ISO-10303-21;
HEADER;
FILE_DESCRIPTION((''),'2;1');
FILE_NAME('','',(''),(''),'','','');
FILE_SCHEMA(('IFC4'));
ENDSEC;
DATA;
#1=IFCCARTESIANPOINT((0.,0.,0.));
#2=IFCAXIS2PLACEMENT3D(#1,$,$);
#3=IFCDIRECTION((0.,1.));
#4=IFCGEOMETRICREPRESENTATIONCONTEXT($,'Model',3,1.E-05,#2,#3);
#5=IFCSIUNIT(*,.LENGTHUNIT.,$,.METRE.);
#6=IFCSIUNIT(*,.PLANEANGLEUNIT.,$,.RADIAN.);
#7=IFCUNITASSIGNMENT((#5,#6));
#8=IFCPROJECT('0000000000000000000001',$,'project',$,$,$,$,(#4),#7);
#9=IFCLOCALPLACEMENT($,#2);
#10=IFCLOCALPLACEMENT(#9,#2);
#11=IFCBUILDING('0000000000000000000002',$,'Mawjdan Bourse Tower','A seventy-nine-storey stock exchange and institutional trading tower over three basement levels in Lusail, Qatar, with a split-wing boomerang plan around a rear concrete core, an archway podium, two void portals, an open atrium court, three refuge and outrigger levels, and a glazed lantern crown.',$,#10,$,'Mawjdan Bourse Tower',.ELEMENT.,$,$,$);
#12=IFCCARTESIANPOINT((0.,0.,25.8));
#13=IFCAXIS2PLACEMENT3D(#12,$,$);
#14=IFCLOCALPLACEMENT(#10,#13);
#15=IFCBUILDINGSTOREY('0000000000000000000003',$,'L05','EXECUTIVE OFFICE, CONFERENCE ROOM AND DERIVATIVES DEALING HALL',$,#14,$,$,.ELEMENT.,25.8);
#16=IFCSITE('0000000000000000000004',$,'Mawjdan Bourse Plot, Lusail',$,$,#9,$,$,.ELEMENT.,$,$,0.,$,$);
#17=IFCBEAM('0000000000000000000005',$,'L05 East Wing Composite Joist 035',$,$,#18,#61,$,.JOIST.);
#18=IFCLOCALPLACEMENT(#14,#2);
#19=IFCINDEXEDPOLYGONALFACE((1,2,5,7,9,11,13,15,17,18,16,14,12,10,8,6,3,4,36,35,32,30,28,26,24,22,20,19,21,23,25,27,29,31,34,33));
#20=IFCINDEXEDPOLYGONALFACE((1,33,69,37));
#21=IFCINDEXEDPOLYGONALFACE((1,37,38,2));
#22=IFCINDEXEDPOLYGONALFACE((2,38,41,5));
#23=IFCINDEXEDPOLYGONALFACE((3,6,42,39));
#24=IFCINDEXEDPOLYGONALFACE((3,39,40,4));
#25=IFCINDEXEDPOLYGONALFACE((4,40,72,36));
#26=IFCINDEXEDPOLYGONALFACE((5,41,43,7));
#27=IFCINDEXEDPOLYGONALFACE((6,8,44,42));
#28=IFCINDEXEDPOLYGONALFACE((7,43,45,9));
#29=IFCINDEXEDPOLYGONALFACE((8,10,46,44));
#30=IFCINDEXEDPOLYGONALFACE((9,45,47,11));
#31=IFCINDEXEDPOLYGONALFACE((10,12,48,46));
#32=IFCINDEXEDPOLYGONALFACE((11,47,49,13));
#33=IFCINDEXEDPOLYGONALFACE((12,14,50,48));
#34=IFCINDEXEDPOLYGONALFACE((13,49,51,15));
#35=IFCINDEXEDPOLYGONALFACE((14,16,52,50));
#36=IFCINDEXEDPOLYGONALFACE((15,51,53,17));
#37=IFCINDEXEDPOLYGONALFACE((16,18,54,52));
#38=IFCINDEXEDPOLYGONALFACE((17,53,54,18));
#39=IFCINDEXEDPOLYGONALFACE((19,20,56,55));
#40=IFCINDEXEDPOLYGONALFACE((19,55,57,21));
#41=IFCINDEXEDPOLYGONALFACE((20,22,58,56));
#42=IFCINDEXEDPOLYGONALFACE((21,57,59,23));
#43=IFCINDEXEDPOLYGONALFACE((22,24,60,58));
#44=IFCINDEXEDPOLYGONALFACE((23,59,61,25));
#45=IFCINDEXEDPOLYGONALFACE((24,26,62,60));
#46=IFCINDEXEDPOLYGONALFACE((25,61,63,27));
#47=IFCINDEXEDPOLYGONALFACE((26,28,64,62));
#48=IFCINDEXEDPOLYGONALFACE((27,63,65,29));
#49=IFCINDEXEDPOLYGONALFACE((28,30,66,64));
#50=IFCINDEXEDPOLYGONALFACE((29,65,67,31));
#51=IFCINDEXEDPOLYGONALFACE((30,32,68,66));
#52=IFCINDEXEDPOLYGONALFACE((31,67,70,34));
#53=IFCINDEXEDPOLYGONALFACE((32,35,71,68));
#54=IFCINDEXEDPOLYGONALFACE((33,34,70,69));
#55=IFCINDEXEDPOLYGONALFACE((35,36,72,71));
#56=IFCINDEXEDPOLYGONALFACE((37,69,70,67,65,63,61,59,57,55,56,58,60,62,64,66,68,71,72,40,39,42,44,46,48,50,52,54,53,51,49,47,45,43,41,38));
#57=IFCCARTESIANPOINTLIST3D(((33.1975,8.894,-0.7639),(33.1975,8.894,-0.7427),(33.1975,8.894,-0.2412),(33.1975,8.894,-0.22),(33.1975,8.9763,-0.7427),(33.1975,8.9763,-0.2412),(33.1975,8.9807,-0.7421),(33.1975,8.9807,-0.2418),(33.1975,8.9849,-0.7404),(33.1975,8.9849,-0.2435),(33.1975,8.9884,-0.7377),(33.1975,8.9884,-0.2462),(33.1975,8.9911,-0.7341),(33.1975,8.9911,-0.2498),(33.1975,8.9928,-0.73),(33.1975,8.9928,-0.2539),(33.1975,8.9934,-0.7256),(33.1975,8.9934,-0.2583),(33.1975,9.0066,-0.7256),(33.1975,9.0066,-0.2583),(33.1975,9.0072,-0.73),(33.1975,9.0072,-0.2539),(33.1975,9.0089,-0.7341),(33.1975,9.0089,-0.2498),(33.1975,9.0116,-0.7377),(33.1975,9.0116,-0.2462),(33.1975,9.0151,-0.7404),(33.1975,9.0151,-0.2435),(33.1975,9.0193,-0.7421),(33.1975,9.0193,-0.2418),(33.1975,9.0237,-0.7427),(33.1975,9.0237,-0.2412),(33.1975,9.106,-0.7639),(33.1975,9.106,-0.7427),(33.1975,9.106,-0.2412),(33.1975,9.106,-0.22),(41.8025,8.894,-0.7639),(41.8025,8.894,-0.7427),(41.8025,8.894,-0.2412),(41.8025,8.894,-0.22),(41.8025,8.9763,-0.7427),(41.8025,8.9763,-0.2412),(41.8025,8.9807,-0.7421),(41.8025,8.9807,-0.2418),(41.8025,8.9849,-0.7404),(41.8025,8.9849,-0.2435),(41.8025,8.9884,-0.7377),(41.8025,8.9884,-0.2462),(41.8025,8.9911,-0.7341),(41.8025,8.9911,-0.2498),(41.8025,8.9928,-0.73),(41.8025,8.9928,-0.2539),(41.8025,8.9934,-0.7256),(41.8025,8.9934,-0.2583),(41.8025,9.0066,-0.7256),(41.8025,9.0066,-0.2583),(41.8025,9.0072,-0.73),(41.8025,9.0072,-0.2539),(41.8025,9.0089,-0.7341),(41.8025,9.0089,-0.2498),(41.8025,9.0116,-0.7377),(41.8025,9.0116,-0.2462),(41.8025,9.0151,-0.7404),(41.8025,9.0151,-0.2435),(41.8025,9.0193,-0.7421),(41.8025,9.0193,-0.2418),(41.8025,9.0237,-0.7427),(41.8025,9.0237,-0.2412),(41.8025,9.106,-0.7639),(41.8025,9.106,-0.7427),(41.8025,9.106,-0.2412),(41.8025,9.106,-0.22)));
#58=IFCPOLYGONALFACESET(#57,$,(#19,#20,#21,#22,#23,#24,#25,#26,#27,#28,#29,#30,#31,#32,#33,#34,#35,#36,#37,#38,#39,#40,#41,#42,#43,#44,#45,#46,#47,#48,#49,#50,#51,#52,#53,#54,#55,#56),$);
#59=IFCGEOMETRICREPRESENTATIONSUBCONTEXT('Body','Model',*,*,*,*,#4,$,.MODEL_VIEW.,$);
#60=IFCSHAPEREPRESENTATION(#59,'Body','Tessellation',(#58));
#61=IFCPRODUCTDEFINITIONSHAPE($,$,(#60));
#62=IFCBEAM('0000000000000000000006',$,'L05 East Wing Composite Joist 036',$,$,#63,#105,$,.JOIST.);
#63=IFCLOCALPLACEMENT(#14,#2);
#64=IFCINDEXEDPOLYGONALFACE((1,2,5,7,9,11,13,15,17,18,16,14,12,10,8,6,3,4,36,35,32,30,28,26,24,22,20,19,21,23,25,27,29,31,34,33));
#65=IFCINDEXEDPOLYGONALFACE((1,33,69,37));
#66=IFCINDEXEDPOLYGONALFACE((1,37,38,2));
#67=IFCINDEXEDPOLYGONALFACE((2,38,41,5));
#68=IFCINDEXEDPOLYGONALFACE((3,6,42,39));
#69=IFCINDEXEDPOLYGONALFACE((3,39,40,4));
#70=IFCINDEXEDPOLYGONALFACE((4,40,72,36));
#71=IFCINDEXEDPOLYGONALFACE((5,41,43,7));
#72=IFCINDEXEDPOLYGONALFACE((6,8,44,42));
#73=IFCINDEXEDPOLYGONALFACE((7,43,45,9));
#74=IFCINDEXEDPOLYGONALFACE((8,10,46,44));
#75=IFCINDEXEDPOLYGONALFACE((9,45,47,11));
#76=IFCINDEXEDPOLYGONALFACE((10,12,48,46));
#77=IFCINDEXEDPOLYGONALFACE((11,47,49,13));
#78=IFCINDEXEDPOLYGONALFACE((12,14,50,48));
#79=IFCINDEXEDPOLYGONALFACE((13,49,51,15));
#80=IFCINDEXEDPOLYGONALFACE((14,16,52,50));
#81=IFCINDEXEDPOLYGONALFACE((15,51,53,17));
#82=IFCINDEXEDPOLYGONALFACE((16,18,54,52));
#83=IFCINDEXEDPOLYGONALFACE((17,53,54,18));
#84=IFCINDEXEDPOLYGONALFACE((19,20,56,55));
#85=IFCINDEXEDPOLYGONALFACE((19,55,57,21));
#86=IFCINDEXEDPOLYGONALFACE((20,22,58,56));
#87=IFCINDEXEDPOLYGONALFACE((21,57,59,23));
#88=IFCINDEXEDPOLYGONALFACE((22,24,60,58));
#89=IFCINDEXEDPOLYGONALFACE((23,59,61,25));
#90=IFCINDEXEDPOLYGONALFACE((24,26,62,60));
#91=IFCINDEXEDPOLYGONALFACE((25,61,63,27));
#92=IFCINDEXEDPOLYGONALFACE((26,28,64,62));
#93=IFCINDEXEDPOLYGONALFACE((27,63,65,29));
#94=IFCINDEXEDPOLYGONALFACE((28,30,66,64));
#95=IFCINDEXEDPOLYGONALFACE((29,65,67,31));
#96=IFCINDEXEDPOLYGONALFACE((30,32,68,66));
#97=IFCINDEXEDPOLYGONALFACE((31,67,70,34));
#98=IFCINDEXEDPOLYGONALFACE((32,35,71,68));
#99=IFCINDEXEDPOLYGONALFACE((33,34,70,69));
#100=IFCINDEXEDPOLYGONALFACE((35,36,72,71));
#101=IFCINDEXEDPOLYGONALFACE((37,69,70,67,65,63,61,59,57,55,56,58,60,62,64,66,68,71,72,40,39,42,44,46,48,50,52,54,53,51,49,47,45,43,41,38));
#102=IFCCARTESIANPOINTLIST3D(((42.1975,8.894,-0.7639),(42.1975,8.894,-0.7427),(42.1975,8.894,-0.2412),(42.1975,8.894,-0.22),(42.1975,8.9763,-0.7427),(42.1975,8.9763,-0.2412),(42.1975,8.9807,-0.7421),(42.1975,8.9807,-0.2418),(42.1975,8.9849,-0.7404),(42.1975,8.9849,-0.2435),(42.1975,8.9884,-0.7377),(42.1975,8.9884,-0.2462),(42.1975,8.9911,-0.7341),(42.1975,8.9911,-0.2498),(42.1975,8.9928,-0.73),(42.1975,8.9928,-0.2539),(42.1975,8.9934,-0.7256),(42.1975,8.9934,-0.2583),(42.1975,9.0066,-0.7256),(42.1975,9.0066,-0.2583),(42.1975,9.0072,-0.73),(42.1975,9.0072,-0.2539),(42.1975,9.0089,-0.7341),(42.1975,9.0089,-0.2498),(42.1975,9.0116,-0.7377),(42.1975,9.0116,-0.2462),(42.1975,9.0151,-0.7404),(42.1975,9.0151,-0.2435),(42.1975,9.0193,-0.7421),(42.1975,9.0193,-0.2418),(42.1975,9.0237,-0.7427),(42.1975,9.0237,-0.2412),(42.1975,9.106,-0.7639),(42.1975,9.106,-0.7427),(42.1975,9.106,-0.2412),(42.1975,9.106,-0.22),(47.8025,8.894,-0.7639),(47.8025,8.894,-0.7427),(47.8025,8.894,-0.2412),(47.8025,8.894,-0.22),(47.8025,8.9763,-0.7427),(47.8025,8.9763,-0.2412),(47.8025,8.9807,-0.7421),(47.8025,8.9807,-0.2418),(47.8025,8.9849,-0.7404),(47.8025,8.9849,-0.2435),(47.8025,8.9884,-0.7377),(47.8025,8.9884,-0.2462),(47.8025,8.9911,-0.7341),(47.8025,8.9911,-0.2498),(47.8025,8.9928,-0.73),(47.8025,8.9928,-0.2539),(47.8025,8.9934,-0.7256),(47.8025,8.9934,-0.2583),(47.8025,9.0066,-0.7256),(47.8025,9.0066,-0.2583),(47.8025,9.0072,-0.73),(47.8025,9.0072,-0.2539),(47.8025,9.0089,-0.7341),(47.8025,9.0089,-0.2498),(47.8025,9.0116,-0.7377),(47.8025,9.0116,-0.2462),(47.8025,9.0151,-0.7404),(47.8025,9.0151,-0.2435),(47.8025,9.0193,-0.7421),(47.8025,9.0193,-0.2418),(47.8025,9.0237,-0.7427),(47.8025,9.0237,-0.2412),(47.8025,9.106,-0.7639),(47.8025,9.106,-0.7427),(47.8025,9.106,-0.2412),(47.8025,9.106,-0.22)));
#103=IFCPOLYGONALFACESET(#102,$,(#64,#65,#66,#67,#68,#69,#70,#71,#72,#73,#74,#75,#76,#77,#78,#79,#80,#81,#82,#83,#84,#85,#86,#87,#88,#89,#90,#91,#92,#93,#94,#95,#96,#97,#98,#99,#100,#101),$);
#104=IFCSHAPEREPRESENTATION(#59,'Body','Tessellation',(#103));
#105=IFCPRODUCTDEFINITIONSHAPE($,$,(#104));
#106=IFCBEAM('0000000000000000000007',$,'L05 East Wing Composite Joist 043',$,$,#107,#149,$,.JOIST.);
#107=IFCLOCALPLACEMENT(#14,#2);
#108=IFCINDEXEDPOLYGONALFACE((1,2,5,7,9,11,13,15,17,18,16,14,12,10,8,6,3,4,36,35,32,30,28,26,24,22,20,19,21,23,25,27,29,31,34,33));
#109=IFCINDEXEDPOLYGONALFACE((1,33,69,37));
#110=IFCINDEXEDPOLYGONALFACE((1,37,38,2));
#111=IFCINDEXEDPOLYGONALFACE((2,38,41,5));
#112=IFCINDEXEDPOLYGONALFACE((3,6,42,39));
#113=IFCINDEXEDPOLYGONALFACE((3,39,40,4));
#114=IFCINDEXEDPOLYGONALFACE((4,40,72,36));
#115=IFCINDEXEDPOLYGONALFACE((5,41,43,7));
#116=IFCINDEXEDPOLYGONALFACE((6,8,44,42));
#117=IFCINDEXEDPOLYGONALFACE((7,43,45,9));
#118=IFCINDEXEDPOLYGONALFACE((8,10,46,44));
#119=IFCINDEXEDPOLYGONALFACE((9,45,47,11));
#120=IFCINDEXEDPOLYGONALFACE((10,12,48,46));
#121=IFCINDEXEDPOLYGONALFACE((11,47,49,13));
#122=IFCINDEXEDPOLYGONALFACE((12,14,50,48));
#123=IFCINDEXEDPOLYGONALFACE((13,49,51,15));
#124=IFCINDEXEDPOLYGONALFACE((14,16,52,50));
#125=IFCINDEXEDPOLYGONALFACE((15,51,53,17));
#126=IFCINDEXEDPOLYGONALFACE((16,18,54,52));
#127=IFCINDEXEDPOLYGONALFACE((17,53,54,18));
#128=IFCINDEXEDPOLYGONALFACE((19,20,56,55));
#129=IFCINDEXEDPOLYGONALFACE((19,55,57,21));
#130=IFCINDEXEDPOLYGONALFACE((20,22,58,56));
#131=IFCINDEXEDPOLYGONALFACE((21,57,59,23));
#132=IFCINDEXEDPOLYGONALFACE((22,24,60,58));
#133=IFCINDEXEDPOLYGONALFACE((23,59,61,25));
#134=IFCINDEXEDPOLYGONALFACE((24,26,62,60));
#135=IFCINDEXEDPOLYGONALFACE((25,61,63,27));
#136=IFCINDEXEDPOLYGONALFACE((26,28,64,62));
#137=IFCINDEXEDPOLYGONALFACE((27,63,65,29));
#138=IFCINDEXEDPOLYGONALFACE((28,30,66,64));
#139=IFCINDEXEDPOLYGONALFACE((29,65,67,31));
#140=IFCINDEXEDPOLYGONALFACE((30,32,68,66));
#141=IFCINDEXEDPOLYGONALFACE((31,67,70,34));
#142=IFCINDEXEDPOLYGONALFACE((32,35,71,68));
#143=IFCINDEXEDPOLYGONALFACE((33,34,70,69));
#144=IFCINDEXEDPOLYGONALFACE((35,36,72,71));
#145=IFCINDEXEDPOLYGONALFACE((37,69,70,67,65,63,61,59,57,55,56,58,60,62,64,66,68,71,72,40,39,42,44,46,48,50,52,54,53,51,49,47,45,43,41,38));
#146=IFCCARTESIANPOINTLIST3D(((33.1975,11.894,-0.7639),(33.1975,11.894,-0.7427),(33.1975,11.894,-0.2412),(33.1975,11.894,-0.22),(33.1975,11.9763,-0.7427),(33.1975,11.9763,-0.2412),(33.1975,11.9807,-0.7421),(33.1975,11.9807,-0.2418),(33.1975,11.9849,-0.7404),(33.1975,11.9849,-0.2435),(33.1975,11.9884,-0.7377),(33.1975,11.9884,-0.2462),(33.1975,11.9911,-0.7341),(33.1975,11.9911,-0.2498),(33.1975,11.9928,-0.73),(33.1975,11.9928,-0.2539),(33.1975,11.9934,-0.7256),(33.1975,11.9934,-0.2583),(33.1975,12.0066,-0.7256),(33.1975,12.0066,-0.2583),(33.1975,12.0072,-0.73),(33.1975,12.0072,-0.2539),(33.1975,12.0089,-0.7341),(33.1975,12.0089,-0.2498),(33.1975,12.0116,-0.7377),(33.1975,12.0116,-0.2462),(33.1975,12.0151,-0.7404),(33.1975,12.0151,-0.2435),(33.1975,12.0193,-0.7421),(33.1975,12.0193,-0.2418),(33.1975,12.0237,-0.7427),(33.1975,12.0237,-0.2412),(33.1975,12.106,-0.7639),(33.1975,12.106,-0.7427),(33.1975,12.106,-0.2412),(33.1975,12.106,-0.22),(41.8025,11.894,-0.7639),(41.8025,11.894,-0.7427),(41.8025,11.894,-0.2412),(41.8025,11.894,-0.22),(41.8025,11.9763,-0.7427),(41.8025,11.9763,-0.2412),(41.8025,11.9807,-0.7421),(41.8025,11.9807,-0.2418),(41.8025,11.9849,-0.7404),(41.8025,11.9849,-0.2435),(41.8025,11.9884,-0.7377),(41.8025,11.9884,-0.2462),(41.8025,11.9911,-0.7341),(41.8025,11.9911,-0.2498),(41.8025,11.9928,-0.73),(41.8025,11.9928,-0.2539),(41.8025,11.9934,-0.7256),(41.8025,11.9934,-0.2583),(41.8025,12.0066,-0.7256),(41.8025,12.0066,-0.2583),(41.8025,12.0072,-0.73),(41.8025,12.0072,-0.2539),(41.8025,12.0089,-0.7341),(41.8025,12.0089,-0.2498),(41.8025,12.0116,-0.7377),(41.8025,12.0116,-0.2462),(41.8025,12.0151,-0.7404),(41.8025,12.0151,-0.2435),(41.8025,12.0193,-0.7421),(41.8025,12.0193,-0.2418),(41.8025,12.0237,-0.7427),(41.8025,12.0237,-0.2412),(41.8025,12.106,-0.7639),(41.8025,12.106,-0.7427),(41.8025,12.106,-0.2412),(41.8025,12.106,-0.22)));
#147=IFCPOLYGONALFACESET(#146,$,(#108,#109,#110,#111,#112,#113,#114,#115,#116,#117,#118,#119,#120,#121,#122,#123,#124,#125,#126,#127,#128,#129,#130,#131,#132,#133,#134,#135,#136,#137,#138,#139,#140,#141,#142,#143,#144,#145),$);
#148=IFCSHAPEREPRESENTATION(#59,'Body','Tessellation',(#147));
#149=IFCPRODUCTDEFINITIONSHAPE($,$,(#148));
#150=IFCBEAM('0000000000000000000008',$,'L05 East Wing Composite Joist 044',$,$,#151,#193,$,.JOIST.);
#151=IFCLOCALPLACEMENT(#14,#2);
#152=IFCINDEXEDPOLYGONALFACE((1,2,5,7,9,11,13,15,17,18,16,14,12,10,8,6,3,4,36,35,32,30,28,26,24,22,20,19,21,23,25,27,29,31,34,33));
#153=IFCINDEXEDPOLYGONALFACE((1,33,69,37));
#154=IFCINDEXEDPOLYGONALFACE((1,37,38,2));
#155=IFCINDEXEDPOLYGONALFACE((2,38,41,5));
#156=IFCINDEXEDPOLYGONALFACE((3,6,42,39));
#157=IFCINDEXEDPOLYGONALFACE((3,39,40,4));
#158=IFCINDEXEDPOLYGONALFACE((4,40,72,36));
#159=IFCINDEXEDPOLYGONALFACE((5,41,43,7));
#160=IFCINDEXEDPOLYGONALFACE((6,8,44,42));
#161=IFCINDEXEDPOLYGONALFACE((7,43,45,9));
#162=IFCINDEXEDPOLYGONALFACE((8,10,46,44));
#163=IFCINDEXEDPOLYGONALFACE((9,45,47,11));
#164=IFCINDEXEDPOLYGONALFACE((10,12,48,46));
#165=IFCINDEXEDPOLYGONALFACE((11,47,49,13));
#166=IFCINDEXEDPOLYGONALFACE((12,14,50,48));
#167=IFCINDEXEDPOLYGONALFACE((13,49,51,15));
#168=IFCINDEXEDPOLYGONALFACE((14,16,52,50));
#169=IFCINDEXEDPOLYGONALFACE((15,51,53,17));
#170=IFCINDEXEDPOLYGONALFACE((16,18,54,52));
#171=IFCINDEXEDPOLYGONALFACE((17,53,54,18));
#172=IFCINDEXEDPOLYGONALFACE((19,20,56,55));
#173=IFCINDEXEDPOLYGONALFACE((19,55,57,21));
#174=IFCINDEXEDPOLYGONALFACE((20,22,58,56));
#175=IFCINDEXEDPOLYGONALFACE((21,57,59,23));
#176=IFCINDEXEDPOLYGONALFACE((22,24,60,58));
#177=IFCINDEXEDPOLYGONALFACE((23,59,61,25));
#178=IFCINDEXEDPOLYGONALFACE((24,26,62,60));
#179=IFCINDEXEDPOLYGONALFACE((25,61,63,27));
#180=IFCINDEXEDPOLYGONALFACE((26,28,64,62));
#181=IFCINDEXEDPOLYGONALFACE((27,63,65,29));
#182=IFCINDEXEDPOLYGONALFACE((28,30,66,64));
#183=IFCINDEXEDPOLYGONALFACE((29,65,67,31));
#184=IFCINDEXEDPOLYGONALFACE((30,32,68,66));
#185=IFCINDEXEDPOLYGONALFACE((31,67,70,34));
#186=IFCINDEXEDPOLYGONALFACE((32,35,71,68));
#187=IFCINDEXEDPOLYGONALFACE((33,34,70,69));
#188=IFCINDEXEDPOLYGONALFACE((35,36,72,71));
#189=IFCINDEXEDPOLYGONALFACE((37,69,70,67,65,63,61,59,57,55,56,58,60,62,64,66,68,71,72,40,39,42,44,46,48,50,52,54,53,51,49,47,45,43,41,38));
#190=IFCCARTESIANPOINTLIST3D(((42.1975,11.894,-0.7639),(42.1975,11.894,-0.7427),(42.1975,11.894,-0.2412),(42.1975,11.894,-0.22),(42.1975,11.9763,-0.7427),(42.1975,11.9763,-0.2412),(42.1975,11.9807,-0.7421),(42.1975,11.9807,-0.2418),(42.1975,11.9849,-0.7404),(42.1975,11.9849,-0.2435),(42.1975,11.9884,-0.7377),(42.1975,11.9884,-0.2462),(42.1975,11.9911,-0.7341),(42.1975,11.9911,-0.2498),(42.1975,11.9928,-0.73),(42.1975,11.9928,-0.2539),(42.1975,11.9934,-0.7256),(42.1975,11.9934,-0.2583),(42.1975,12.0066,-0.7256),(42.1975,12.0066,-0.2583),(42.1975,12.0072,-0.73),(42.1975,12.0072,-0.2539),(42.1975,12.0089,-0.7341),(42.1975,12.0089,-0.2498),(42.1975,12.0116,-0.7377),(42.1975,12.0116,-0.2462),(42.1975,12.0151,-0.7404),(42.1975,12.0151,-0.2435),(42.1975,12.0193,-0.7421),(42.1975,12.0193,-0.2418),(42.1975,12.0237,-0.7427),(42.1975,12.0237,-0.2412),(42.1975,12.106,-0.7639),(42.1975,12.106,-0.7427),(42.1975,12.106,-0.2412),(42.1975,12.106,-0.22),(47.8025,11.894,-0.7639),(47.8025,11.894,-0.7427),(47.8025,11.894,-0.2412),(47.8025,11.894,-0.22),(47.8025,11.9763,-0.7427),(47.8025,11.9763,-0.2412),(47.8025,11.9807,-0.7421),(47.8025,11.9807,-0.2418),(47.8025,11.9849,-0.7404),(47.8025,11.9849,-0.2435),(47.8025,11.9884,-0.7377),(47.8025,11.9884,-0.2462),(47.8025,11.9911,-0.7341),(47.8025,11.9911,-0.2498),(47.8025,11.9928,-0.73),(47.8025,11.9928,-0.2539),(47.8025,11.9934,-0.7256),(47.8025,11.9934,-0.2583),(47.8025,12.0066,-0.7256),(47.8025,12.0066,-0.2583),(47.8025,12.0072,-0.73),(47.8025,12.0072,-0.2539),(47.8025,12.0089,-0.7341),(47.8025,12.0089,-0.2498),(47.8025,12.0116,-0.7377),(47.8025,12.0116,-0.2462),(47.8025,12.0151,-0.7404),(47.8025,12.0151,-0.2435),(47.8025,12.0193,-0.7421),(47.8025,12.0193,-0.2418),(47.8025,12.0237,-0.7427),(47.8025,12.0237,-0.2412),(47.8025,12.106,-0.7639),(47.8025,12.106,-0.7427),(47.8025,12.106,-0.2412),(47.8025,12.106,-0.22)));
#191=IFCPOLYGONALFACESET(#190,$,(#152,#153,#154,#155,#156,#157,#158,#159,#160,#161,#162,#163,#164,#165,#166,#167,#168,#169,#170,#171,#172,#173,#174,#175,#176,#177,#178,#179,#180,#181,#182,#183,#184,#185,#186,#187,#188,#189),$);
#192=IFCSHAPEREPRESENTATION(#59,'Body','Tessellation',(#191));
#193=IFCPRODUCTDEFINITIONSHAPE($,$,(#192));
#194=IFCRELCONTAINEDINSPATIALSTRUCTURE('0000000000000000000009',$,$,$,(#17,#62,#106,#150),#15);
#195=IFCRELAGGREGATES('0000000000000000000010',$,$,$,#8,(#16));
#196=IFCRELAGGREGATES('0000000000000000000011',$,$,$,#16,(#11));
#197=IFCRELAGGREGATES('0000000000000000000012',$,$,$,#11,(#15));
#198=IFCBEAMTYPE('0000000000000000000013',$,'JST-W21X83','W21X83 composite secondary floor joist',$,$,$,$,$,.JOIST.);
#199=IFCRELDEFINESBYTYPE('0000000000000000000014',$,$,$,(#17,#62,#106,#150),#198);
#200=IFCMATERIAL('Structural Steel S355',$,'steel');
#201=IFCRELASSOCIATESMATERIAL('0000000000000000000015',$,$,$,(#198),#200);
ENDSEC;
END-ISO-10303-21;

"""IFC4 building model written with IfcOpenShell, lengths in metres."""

from ifc_helpers import new_model, si_unit, direction, frame, origin, origin_2d, place, context, subcontext, project, spatial, i_section, extrude, material, material_profile, profile_set, type_object, element, save


model = new_model("IFC4")

# Units and contexts
model_context = context("Model", 3, precision=1e-05, world=origin(), true_north=direction((0.0, 1.0)))
body_context = subcontext(model_context, "Body", "Model", "MODEL_VIEW")
ifc_project = project(units=[si_unit("LENGTHUNIT", "METRE"), si_unit("PLANEANGLEUNIT", "RADIAN")], contexts=[model_context])

# Site, building, storey
site_placement = place(None, origin())
site = spatial("IfcSite", under=ifc_project, at=site_placement, Name="Mawjdan Bourse Plot, Lusail", CompositionType="ELEMENT", RefElevation=0.0)
building_placement = place(site_placement, origin())
building = spatial("IfcBuilding", under=site, at=building_placement, Name="Mawjdan Bourse Tower", Description="A seventy-nine-storey stock exchange and institutional trading tower over three basement levels in Lusail, Qatar, with a split-wing boomerang plan around a rear concrete core, an archway podium, two void portals, an open atrium court, three refuge and outrigger levels, and a glazed lantern crown.", LongName="Mawjdan Bourse Tower", CompositionType="ELEMENT")
storey_placement = place(building_placement, frame((0.0, 0.0, 25.8)))
storey = spatial("IfcBuildingStorey", under=building, at=storey_placement, Name="L05", Description="EXECUTIVE OFFICE, CONFERENCE ROOM AND DERIVATIVES DEALING HALL", CompositionType="ELEMENT", Elevation=25.8)

# Beams
ifc_material_1 = material(Name="Structural Steel S355", Category="steel")
ifc_material_profile_1 = material_profile(ifc_material_1, i_section(OverallWidth=0.2119, OverallDepth=0.5439, WebThickness=0.0132, FlangeThickness=0.0212, FilletRadius=0.0171, at=origin_2d()), Name="W21X83")
ifc_profile_set_1 = profile_set([ifc_material_profile_1], Name="Structural Steel S355")
beam_type_1 = type_object("IfcBeamType", Name="JST-W21X83", Description="W21X83 composite secondary floor joist", PredefinedType="JOIST", material=ifc_profile_set_1)
beam_1_placement = place(storey_placement, frame((33.1975, 9.0, -0.4919), z_axis=(1.0, 0.0, 0.0), x_axis=(0.0, 1.0, 0.0)))
element("IfcBeam", 1, at=beam_1_placement, inside=storey, type_object=beam_type_1, Name="L05 East Wing Composite Joist 035", PredefinedType="JOIST", context=body_context, shape_type="SweptSolid", body=[
    extrude(i_section(OverallWidth=0.2119, OverallDepth=0.5439, WebThickness=0.0132, FlangeThickness=0.0212, FilletRadius=0.0171, at=origin_2d()), origin(), (0.0, 0.0, 1.0), 8.605),
])
beam_2_placement = place(storey_placement, frame((42.1975, 9.0, -0.4919), z_axis=(1.0, 0.0, 0.0), x_axis=(0.0, 1.0, 0.0)))
element("IfcBeam", 2, at=beam_2_placement, inside=storey, type_object=beam_type_1, Name="L05 East Wing Composite Joist 036", PredefinedType="JOIST", context=body_context, shape_type="SweptSolid", body=[
    extrude(i_section(OverallWidth=0.2119, OverallDepth=0.5439, WebThickness=0.0132, FlangeThickness=0.0212, FilletRadius=0.0171, at=origin_2d()), origin(), (0.0, 0.0, 1.0), 5.605),
])
beam_3_placement = place(storey_placement, frame((33.1975, 12.0, -0.4919), z_axis=(1.0, 0.0, 0.0), x_axis=(0.0, 1.0, 0.0)))
element("IfcBeam", 3, at=beam_3_placement, inside=storey, type_object=beam_type_1, Name="L05 East Wing Composite Joist 043", PredefinedType="JOIST", context=body_context, shape_type="SweptSolid", body=[
    extrude(i_section(OverallWidth=0.2119, OverallDepth=0.5439, WebThickness=0.0132, FlangeThickness=0.0212, FilletRadius=0.0171, at=origin_2d()), origin(), (0.0, 0.0, 1.0), 8.605),
])
beam_4_placement = place(storey_placement, frame((42.1975, 12.0, -0.4919), z_axis=(1.0, 0.0, 0.0), x_axis=(0.0, 1.0, 0.0)))
element("IfcBeam", 4, at=beam_4_placement, inside=storey, type_object=beam_type_1, Name="L05 East Wing Composite Joist 044", PredefinedType="JOIST", context=body_context, shape_type="SweptSolid", body=[
    extrude(i_section(OverallWidth=0.2119, OverallDepth=0.5439, WebThickness=0.0132, FlangeThickness=0.0212, FilletRadius=0.0171, at=origin_2d()), origin(), (0.0, 0.0, 1.0), 5.605),
])

save(model, "model.ifc")
